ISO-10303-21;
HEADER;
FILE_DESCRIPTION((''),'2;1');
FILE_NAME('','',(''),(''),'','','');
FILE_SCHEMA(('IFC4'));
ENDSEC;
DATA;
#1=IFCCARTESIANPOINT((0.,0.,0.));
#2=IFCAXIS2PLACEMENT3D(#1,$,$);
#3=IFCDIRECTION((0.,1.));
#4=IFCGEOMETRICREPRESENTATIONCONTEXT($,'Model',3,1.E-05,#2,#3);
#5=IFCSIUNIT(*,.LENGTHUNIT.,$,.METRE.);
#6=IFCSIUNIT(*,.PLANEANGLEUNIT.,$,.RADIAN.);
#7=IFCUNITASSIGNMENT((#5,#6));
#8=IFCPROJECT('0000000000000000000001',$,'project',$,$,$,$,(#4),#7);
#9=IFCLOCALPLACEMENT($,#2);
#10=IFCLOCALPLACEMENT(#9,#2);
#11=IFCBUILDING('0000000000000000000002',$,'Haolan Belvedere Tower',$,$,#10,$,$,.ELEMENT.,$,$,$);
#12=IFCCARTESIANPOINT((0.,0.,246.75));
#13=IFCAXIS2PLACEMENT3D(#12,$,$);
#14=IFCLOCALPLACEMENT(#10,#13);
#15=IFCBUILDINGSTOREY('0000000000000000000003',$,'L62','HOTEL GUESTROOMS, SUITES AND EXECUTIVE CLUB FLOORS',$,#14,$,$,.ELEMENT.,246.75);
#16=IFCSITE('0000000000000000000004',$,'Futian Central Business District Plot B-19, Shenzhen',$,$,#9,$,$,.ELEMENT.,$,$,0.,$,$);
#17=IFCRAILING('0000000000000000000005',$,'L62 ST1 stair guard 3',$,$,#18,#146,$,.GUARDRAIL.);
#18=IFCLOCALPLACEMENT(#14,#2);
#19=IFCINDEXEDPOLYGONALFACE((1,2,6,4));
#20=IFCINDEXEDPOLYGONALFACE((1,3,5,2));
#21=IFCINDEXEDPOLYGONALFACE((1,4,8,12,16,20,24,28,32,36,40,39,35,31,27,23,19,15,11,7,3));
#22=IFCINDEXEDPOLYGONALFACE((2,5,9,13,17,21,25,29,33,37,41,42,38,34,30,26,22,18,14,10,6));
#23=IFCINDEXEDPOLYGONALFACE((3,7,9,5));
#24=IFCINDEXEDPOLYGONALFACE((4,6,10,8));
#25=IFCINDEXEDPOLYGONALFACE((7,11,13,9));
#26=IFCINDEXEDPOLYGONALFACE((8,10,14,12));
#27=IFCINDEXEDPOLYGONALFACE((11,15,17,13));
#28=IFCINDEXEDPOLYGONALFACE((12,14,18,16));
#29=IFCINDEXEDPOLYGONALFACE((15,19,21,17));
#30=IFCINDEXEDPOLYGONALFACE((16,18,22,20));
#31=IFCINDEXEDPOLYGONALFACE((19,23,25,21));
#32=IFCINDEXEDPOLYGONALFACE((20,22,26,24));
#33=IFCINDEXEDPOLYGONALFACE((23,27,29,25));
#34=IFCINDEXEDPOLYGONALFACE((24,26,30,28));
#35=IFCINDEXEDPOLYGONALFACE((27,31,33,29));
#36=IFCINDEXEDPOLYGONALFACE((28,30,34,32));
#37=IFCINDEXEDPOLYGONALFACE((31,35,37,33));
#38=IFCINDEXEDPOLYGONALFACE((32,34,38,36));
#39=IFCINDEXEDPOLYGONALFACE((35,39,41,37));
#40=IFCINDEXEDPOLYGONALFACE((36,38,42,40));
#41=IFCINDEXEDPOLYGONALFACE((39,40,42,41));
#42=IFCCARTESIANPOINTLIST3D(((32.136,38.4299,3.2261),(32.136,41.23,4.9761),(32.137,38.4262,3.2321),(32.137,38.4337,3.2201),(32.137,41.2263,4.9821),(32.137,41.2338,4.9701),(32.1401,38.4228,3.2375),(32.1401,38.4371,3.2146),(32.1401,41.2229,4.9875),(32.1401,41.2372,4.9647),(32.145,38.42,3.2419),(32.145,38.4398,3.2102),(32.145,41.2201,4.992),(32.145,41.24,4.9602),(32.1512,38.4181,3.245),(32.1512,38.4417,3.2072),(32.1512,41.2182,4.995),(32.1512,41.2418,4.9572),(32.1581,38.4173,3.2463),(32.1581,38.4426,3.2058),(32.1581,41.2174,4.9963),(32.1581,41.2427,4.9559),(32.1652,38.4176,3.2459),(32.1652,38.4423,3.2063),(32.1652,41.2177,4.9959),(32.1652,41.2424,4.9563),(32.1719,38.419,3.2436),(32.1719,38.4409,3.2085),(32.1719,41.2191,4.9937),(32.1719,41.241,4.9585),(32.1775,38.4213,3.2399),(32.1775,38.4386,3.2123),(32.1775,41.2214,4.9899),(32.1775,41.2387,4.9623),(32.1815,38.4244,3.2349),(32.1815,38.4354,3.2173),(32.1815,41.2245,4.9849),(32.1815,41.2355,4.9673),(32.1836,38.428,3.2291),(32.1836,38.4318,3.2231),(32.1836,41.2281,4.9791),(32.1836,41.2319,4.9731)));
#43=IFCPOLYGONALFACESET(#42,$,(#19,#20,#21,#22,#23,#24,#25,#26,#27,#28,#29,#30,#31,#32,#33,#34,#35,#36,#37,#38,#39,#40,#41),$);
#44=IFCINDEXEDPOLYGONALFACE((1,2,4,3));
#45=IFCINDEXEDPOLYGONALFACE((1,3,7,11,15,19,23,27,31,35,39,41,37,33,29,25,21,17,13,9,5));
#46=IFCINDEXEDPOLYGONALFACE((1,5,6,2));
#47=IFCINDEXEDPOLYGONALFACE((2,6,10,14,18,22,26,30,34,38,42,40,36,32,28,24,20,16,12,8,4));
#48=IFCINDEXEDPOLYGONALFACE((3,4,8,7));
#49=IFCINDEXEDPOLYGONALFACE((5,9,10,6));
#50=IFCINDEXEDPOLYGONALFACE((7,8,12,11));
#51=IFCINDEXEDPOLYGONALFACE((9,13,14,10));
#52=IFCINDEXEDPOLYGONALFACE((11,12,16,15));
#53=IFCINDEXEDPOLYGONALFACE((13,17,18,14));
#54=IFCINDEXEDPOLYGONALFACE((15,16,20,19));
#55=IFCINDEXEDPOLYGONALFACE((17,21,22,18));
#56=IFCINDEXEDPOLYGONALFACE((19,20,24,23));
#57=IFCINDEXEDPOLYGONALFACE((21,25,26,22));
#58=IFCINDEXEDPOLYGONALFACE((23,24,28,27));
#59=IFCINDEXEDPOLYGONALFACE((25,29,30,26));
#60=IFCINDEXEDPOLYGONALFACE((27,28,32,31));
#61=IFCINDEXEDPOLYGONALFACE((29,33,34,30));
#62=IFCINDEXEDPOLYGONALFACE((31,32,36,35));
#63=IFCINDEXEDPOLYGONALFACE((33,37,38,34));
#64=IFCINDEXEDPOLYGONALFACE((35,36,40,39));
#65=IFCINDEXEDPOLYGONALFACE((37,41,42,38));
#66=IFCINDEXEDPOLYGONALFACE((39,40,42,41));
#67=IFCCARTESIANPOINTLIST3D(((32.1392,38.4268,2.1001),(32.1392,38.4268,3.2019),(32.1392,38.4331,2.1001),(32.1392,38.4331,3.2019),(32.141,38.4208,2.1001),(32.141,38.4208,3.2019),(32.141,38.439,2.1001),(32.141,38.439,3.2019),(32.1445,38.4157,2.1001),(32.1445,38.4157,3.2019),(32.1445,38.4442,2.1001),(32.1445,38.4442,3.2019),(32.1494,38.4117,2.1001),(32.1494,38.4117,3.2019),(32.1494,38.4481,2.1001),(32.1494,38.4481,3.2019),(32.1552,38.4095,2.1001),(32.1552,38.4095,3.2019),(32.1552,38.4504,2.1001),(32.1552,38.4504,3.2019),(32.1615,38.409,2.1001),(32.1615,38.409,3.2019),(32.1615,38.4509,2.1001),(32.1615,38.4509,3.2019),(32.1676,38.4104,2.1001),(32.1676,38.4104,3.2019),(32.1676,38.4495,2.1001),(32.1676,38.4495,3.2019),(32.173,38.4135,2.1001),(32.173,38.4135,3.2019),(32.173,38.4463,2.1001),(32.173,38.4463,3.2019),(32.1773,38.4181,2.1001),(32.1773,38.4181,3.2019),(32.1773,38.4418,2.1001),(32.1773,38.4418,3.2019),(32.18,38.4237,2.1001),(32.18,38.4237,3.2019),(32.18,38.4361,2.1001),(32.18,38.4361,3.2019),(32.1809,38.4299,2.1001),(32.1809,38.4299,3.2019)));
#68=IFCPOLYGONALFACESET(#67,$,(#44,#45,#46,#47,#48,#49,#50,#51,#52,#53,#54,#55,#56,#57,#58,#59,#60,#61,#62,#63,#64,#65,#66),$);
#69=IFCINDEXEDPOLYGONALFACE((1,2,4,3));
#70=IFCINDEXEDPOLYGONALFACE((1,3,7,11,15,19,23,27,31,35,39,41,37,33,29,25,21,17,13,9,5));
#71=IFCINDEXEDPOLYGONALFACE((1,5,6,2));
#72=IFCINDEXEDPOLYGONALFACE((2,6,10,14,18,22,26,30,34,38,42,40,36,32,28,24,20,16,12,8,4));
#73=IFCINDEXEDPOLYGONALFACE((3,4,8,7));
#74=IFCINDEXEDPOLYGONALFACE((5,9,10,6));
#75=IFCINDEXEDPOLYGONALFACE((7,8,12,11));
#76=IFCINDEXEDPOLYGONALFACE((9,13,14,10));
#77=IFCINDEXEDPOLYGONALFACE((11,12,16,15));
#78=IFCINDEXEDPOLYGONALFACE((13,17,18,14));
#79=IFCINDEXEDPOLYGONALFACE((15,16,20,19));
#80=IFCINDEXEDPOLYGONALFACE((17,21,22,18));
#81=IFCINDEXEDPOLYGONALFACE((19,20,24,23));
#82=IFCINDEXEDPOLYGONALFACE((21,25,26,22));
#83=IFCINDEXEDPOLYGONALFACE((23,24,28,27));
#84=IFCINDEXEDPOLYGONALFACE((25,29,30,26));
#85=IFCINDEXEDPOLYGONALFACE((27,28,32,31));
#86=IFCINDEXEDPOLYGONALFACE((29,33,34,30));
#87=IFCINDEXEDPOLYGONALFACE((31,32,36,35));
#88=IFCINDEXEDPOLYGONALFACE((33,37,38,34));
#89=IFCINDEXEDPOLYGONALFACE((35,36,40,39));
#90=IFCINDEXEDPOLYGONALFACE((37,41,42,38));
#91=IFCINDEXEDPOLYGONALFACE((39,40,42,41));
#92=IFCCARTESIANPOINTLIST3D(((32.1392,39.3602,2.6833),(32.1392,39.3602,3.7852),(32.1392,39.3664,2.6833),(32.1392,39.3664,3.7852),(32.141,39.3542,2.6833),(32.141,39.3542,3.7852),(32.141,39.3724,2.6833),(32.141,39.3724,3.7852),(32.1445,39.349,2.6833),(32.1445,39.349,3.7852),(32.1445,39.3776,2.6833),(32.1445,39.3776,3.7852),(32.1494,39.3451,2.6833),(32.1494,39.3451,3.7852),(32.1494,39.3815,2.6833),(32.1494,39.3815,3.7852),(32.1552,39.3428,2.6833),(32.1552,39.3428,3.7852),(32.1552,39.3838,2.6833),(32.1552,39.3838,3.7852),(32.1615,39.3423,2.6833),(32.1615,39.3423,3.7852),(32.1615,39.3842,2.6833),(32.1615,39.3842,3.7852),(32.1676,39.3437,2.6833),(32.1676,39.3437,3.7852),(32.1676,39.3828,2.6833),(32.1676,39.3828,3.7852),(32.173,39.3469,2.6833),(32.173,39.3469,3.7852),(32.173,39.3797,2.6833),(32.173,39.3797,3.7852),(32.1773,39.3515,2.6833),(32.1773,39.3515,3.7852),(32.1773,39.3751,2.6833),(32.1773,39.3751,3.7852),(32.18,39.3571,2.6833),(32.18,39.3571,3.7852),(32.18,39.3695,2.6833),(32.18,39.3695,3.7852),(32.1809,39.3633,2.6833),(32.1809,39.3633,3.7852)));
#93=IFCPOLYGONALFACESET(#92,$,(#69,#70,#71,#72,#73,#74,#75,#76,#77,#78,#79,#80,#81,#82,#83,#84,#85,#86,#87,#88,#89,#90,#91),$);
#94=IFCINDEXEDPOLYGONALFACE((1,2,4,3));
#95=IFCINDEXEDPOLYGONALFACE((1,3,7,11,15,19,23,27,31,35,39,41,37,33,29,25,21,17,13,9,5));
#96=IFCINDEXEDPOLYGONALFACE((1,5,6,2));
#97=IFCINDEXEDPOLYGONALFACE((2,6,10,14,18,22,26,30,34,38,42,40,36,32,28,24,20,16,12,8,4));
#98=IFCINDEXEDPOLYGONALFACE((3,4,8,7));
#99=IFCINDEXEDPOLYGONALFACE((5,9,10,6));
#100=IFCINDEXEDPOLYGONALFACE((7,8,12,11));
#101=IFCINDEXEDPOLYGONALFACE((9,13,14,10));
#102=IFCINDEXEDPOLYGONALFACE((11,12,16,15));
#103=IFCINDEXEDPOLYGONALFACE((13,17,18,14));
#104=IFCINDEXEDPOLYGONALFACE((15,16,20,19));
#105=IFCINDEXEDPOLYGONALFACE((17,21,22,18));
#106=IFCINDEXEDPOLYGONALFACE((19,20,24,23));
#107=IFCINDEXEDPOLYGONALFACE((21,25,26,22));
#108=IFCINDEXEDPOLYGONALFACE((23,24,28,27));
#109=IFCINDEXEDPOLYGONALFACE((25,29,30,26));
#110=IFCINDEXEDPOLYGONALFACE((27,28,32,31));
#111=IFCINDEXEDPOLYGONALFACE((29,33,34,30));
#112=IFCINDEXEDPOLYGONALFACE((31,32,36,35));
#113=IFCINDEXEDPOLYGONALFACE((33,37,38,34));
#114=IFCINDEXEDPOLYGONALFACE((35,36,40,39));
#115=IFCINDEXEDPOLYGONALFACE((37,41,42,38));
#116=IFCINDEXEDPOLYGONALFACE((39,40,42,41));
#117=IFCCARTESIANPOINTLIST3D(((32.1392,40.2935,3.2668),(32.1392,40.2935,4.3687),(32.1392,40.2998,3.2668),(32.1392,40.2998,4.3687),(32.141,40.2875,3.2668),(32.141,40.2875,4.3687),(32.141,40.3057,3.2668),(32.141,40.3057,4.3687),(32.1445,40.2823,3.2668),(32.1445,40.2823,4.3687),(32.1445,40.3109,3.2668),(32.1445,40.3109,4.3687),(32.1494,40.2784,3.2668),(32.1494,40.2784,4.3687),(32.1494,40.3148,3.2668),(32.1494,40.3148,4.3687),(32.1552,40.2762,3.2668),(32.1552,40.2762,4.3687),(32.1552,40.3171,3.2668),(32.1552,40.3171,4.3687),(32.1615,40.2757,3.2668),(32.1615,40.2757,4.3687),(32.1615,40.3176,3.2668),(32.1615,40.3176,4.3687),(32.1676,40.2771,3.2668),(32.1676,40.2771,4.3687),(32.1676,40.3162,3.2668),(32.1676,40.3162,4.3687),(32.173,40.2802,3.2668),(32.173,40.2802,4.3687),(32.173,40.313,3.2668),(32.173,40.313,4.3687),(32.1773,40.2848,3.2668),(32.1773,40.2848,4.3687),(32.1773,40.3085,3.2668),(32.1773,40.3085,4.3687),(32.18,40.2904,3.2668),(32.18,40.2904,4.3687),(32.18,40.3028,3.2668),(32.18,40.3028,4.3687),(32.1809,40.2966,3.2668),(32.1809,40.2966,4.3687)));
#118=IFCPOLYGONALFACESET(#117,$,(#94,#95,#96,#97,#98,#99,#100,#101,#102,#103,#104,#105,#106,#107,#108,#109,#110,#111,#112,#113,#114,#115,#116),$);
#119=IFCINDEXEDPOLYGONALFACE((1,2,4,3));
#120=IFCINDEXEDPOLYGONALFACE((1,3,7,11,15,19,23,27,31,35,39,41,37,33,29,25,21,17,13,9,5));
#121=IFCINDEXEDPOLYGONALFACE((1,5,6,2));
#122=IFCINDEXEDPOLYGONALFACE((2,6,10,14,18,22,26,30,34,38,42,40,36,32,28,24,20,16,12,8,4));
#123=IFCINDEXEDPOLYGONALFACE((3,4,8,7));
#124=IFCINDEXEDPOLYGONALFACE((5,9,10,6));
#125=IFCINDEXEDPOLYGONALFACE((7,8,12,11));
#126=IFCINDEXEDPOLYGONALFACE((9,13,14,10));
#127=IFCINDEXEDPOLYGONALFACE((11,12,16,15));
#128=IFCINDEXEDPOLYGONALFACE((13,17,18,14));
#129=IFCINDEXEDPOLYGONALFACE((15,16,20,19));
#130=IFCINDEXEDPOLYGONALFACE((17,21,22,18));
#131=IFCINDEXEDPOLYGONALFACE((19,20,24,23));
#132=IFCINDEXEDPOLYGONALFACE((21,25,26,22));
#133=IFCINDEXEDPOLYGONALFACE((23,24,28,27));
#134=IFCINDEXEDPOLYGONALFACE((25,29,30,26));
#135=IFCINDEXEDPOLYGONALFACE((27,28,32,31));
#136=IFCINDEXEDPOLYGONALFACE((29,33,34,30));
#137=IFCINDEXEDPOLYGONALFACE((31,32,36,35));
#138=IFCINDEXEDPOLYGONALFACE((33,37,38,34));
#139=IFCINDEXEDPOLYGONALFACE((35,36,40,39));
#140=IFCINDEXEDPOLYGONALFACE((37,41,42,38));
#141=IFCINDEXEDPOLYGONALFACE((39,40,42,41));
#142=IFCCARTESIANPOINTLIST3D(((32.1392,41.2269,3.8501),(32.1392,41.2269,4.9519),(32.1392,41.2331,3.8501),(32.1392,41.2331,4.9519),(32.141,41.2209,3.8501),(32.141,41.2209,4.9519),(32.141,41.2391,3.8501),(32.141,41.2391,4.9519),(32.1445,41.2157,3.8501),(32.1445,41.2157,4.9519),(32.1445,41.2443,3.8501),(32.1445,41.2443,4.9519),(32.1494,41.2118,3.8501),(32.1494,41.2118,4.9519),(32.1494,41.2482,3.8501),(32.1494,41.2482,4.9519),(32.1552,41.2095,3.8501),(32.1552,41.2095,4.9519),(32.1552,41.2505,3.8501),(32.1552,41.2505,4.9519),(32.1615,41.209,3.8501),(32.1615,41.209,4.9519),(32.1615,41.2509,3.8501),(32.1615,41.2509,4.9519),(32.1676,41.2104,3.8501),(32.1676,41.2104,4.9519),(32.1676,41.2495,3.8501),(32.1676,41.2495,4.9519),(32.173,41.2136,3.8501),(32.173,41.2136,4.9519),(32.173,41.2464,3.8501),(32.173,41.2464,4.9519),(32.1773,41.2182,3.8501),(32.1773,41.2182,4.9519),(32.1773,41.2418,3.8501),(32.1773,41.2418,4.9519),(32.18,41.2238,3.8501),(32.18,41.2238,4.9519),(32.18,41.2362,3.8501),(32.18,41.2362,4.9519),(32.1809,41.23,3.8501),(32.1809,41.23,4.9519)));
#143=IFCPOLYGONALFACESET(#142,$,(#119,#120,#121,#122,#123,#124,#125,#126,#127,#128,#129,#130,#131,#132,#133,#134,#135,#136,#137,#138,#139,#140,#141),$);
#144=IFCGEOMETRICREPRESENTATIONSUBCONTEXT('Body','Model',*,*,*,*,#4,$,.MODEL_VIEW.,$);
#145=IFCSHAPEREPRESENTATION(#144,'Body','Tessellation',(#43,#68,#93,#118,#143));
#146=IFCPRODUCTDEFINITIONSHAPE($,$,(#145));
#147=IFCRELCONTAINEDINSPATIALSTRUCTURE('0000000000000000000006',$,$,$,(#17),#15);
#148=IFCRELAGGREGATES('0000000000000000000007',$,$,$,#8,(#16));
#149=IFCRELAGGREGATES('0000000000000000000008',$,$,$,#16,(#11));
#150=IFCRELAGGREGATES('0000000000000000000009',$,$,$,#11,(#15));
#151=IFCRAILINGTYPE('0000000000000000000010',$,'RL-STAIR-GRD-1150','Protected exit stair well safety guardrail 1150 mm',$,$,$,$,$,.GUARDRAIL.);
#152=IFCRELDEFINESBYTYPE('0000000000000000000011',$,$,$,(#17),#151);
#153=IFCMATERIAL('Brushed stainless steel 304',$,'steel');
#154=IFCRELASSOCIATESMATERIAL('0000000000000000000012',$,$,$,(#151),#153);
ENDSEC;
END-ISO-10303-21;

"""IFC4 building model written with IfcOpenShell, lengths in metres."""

from ifc_helpers import new_model, si_unit, direction, frame, origin, origin_2d, place, context, subcontext, project, spatial, circle, extrude, material, type_object, element, save


model = new_model("IFC4")

# Units and contexts
model_context = context("Model", 3, precision=1e-05, world=origin(), true_north=direction((0.0, 1.0)))
body_context = subcontext(model_context, "Body", "Model", "MODEL_VIEW")
ifc_project = project(units=[si_unit("LENGTHUNIT", "METRE"), si_unit("PLANEANGLEUNIT", "RADIAN")], contexts=[model_context])

# Site, building, storey
site_placement = place(None, origin())
site = spatial("IfcSite", under=ifc_project, at=site_placement, Name="Futian Central Business District Plot B-19, Shenzhen", CompositionType="ELEMENT", RefElevation=0.0)
building_placement = place(site_placement, origin())
building = spatial("IfcBuilding", under=site, at=building_placement, Name="Haolan Belvedere Tower", CompositionType="ELEMENT")
storey_placement = place(building_placement, frame((0.0, 0.0, 246.75)))
storey = spatial("IfcBuildingStorey", under=building, at=storey_placement, Name="L62", Description="HOTEL GUESTROOMS, SUITES AND EXECUTIVE CLUB FLOORS", CompositionType="ELEMENT", Elevation=246.75)

# Railing
ifc_material_1 = material(Name="Brushed stainless steel 304", Category="steel")
railing_type_1 = type_object("IfcRailingType", Name="RL-STAIR-GRD-1150", Description="Protected exit stair well safety guardrail 1150 mm", PredefinedType="GUARDRAIL", material=ifc_material_1)
railing_1_placement = place(storey_placement, frame((32.1599, 38.4299, 2.1001)))
element("IfcRailing", 1, at=railing_1_placement, inside=storey, type_object=railing_type_1, Name="L62 ST1 stair guard 3", PredefinedType="GUARDRAIL", context=body_context, shape_type="SweptSolid", body=[
    extrude(circle(Radius=0.0239, at=origin_2d()), frame((0.0, 0.0, 1.126), z_axis=(0.0, 0.848002, 0.529992), x_axis=(-1.0, 0.0, 0.0)), (0.0, 0.0, 1.0), 3.302),
    extrude(circle(Radius=0.021, at=origin_2d()), origin(), (0.0, 0.0, 1.0), 1.1018),
    extrude(circle(Radius=0.021, at=origin_2d()), frame((0.0, 0.9333, 0.5833)), (0.0, 0.0, 1.0), 1.1018),
    extrude(circle(Radius=0.021, at=origin_2d()), frame((0.0, 1.8667, 1.1667)), (0.0, 0.0, 1.0), 1.1018),
    extrude(circle(Radius=0.021, at=origin_2d()), frame((0.0, 2.8, 1.75)), (0.0, 0.0, 1.0), 1.1018),
])

save(model, "model.ifc")
